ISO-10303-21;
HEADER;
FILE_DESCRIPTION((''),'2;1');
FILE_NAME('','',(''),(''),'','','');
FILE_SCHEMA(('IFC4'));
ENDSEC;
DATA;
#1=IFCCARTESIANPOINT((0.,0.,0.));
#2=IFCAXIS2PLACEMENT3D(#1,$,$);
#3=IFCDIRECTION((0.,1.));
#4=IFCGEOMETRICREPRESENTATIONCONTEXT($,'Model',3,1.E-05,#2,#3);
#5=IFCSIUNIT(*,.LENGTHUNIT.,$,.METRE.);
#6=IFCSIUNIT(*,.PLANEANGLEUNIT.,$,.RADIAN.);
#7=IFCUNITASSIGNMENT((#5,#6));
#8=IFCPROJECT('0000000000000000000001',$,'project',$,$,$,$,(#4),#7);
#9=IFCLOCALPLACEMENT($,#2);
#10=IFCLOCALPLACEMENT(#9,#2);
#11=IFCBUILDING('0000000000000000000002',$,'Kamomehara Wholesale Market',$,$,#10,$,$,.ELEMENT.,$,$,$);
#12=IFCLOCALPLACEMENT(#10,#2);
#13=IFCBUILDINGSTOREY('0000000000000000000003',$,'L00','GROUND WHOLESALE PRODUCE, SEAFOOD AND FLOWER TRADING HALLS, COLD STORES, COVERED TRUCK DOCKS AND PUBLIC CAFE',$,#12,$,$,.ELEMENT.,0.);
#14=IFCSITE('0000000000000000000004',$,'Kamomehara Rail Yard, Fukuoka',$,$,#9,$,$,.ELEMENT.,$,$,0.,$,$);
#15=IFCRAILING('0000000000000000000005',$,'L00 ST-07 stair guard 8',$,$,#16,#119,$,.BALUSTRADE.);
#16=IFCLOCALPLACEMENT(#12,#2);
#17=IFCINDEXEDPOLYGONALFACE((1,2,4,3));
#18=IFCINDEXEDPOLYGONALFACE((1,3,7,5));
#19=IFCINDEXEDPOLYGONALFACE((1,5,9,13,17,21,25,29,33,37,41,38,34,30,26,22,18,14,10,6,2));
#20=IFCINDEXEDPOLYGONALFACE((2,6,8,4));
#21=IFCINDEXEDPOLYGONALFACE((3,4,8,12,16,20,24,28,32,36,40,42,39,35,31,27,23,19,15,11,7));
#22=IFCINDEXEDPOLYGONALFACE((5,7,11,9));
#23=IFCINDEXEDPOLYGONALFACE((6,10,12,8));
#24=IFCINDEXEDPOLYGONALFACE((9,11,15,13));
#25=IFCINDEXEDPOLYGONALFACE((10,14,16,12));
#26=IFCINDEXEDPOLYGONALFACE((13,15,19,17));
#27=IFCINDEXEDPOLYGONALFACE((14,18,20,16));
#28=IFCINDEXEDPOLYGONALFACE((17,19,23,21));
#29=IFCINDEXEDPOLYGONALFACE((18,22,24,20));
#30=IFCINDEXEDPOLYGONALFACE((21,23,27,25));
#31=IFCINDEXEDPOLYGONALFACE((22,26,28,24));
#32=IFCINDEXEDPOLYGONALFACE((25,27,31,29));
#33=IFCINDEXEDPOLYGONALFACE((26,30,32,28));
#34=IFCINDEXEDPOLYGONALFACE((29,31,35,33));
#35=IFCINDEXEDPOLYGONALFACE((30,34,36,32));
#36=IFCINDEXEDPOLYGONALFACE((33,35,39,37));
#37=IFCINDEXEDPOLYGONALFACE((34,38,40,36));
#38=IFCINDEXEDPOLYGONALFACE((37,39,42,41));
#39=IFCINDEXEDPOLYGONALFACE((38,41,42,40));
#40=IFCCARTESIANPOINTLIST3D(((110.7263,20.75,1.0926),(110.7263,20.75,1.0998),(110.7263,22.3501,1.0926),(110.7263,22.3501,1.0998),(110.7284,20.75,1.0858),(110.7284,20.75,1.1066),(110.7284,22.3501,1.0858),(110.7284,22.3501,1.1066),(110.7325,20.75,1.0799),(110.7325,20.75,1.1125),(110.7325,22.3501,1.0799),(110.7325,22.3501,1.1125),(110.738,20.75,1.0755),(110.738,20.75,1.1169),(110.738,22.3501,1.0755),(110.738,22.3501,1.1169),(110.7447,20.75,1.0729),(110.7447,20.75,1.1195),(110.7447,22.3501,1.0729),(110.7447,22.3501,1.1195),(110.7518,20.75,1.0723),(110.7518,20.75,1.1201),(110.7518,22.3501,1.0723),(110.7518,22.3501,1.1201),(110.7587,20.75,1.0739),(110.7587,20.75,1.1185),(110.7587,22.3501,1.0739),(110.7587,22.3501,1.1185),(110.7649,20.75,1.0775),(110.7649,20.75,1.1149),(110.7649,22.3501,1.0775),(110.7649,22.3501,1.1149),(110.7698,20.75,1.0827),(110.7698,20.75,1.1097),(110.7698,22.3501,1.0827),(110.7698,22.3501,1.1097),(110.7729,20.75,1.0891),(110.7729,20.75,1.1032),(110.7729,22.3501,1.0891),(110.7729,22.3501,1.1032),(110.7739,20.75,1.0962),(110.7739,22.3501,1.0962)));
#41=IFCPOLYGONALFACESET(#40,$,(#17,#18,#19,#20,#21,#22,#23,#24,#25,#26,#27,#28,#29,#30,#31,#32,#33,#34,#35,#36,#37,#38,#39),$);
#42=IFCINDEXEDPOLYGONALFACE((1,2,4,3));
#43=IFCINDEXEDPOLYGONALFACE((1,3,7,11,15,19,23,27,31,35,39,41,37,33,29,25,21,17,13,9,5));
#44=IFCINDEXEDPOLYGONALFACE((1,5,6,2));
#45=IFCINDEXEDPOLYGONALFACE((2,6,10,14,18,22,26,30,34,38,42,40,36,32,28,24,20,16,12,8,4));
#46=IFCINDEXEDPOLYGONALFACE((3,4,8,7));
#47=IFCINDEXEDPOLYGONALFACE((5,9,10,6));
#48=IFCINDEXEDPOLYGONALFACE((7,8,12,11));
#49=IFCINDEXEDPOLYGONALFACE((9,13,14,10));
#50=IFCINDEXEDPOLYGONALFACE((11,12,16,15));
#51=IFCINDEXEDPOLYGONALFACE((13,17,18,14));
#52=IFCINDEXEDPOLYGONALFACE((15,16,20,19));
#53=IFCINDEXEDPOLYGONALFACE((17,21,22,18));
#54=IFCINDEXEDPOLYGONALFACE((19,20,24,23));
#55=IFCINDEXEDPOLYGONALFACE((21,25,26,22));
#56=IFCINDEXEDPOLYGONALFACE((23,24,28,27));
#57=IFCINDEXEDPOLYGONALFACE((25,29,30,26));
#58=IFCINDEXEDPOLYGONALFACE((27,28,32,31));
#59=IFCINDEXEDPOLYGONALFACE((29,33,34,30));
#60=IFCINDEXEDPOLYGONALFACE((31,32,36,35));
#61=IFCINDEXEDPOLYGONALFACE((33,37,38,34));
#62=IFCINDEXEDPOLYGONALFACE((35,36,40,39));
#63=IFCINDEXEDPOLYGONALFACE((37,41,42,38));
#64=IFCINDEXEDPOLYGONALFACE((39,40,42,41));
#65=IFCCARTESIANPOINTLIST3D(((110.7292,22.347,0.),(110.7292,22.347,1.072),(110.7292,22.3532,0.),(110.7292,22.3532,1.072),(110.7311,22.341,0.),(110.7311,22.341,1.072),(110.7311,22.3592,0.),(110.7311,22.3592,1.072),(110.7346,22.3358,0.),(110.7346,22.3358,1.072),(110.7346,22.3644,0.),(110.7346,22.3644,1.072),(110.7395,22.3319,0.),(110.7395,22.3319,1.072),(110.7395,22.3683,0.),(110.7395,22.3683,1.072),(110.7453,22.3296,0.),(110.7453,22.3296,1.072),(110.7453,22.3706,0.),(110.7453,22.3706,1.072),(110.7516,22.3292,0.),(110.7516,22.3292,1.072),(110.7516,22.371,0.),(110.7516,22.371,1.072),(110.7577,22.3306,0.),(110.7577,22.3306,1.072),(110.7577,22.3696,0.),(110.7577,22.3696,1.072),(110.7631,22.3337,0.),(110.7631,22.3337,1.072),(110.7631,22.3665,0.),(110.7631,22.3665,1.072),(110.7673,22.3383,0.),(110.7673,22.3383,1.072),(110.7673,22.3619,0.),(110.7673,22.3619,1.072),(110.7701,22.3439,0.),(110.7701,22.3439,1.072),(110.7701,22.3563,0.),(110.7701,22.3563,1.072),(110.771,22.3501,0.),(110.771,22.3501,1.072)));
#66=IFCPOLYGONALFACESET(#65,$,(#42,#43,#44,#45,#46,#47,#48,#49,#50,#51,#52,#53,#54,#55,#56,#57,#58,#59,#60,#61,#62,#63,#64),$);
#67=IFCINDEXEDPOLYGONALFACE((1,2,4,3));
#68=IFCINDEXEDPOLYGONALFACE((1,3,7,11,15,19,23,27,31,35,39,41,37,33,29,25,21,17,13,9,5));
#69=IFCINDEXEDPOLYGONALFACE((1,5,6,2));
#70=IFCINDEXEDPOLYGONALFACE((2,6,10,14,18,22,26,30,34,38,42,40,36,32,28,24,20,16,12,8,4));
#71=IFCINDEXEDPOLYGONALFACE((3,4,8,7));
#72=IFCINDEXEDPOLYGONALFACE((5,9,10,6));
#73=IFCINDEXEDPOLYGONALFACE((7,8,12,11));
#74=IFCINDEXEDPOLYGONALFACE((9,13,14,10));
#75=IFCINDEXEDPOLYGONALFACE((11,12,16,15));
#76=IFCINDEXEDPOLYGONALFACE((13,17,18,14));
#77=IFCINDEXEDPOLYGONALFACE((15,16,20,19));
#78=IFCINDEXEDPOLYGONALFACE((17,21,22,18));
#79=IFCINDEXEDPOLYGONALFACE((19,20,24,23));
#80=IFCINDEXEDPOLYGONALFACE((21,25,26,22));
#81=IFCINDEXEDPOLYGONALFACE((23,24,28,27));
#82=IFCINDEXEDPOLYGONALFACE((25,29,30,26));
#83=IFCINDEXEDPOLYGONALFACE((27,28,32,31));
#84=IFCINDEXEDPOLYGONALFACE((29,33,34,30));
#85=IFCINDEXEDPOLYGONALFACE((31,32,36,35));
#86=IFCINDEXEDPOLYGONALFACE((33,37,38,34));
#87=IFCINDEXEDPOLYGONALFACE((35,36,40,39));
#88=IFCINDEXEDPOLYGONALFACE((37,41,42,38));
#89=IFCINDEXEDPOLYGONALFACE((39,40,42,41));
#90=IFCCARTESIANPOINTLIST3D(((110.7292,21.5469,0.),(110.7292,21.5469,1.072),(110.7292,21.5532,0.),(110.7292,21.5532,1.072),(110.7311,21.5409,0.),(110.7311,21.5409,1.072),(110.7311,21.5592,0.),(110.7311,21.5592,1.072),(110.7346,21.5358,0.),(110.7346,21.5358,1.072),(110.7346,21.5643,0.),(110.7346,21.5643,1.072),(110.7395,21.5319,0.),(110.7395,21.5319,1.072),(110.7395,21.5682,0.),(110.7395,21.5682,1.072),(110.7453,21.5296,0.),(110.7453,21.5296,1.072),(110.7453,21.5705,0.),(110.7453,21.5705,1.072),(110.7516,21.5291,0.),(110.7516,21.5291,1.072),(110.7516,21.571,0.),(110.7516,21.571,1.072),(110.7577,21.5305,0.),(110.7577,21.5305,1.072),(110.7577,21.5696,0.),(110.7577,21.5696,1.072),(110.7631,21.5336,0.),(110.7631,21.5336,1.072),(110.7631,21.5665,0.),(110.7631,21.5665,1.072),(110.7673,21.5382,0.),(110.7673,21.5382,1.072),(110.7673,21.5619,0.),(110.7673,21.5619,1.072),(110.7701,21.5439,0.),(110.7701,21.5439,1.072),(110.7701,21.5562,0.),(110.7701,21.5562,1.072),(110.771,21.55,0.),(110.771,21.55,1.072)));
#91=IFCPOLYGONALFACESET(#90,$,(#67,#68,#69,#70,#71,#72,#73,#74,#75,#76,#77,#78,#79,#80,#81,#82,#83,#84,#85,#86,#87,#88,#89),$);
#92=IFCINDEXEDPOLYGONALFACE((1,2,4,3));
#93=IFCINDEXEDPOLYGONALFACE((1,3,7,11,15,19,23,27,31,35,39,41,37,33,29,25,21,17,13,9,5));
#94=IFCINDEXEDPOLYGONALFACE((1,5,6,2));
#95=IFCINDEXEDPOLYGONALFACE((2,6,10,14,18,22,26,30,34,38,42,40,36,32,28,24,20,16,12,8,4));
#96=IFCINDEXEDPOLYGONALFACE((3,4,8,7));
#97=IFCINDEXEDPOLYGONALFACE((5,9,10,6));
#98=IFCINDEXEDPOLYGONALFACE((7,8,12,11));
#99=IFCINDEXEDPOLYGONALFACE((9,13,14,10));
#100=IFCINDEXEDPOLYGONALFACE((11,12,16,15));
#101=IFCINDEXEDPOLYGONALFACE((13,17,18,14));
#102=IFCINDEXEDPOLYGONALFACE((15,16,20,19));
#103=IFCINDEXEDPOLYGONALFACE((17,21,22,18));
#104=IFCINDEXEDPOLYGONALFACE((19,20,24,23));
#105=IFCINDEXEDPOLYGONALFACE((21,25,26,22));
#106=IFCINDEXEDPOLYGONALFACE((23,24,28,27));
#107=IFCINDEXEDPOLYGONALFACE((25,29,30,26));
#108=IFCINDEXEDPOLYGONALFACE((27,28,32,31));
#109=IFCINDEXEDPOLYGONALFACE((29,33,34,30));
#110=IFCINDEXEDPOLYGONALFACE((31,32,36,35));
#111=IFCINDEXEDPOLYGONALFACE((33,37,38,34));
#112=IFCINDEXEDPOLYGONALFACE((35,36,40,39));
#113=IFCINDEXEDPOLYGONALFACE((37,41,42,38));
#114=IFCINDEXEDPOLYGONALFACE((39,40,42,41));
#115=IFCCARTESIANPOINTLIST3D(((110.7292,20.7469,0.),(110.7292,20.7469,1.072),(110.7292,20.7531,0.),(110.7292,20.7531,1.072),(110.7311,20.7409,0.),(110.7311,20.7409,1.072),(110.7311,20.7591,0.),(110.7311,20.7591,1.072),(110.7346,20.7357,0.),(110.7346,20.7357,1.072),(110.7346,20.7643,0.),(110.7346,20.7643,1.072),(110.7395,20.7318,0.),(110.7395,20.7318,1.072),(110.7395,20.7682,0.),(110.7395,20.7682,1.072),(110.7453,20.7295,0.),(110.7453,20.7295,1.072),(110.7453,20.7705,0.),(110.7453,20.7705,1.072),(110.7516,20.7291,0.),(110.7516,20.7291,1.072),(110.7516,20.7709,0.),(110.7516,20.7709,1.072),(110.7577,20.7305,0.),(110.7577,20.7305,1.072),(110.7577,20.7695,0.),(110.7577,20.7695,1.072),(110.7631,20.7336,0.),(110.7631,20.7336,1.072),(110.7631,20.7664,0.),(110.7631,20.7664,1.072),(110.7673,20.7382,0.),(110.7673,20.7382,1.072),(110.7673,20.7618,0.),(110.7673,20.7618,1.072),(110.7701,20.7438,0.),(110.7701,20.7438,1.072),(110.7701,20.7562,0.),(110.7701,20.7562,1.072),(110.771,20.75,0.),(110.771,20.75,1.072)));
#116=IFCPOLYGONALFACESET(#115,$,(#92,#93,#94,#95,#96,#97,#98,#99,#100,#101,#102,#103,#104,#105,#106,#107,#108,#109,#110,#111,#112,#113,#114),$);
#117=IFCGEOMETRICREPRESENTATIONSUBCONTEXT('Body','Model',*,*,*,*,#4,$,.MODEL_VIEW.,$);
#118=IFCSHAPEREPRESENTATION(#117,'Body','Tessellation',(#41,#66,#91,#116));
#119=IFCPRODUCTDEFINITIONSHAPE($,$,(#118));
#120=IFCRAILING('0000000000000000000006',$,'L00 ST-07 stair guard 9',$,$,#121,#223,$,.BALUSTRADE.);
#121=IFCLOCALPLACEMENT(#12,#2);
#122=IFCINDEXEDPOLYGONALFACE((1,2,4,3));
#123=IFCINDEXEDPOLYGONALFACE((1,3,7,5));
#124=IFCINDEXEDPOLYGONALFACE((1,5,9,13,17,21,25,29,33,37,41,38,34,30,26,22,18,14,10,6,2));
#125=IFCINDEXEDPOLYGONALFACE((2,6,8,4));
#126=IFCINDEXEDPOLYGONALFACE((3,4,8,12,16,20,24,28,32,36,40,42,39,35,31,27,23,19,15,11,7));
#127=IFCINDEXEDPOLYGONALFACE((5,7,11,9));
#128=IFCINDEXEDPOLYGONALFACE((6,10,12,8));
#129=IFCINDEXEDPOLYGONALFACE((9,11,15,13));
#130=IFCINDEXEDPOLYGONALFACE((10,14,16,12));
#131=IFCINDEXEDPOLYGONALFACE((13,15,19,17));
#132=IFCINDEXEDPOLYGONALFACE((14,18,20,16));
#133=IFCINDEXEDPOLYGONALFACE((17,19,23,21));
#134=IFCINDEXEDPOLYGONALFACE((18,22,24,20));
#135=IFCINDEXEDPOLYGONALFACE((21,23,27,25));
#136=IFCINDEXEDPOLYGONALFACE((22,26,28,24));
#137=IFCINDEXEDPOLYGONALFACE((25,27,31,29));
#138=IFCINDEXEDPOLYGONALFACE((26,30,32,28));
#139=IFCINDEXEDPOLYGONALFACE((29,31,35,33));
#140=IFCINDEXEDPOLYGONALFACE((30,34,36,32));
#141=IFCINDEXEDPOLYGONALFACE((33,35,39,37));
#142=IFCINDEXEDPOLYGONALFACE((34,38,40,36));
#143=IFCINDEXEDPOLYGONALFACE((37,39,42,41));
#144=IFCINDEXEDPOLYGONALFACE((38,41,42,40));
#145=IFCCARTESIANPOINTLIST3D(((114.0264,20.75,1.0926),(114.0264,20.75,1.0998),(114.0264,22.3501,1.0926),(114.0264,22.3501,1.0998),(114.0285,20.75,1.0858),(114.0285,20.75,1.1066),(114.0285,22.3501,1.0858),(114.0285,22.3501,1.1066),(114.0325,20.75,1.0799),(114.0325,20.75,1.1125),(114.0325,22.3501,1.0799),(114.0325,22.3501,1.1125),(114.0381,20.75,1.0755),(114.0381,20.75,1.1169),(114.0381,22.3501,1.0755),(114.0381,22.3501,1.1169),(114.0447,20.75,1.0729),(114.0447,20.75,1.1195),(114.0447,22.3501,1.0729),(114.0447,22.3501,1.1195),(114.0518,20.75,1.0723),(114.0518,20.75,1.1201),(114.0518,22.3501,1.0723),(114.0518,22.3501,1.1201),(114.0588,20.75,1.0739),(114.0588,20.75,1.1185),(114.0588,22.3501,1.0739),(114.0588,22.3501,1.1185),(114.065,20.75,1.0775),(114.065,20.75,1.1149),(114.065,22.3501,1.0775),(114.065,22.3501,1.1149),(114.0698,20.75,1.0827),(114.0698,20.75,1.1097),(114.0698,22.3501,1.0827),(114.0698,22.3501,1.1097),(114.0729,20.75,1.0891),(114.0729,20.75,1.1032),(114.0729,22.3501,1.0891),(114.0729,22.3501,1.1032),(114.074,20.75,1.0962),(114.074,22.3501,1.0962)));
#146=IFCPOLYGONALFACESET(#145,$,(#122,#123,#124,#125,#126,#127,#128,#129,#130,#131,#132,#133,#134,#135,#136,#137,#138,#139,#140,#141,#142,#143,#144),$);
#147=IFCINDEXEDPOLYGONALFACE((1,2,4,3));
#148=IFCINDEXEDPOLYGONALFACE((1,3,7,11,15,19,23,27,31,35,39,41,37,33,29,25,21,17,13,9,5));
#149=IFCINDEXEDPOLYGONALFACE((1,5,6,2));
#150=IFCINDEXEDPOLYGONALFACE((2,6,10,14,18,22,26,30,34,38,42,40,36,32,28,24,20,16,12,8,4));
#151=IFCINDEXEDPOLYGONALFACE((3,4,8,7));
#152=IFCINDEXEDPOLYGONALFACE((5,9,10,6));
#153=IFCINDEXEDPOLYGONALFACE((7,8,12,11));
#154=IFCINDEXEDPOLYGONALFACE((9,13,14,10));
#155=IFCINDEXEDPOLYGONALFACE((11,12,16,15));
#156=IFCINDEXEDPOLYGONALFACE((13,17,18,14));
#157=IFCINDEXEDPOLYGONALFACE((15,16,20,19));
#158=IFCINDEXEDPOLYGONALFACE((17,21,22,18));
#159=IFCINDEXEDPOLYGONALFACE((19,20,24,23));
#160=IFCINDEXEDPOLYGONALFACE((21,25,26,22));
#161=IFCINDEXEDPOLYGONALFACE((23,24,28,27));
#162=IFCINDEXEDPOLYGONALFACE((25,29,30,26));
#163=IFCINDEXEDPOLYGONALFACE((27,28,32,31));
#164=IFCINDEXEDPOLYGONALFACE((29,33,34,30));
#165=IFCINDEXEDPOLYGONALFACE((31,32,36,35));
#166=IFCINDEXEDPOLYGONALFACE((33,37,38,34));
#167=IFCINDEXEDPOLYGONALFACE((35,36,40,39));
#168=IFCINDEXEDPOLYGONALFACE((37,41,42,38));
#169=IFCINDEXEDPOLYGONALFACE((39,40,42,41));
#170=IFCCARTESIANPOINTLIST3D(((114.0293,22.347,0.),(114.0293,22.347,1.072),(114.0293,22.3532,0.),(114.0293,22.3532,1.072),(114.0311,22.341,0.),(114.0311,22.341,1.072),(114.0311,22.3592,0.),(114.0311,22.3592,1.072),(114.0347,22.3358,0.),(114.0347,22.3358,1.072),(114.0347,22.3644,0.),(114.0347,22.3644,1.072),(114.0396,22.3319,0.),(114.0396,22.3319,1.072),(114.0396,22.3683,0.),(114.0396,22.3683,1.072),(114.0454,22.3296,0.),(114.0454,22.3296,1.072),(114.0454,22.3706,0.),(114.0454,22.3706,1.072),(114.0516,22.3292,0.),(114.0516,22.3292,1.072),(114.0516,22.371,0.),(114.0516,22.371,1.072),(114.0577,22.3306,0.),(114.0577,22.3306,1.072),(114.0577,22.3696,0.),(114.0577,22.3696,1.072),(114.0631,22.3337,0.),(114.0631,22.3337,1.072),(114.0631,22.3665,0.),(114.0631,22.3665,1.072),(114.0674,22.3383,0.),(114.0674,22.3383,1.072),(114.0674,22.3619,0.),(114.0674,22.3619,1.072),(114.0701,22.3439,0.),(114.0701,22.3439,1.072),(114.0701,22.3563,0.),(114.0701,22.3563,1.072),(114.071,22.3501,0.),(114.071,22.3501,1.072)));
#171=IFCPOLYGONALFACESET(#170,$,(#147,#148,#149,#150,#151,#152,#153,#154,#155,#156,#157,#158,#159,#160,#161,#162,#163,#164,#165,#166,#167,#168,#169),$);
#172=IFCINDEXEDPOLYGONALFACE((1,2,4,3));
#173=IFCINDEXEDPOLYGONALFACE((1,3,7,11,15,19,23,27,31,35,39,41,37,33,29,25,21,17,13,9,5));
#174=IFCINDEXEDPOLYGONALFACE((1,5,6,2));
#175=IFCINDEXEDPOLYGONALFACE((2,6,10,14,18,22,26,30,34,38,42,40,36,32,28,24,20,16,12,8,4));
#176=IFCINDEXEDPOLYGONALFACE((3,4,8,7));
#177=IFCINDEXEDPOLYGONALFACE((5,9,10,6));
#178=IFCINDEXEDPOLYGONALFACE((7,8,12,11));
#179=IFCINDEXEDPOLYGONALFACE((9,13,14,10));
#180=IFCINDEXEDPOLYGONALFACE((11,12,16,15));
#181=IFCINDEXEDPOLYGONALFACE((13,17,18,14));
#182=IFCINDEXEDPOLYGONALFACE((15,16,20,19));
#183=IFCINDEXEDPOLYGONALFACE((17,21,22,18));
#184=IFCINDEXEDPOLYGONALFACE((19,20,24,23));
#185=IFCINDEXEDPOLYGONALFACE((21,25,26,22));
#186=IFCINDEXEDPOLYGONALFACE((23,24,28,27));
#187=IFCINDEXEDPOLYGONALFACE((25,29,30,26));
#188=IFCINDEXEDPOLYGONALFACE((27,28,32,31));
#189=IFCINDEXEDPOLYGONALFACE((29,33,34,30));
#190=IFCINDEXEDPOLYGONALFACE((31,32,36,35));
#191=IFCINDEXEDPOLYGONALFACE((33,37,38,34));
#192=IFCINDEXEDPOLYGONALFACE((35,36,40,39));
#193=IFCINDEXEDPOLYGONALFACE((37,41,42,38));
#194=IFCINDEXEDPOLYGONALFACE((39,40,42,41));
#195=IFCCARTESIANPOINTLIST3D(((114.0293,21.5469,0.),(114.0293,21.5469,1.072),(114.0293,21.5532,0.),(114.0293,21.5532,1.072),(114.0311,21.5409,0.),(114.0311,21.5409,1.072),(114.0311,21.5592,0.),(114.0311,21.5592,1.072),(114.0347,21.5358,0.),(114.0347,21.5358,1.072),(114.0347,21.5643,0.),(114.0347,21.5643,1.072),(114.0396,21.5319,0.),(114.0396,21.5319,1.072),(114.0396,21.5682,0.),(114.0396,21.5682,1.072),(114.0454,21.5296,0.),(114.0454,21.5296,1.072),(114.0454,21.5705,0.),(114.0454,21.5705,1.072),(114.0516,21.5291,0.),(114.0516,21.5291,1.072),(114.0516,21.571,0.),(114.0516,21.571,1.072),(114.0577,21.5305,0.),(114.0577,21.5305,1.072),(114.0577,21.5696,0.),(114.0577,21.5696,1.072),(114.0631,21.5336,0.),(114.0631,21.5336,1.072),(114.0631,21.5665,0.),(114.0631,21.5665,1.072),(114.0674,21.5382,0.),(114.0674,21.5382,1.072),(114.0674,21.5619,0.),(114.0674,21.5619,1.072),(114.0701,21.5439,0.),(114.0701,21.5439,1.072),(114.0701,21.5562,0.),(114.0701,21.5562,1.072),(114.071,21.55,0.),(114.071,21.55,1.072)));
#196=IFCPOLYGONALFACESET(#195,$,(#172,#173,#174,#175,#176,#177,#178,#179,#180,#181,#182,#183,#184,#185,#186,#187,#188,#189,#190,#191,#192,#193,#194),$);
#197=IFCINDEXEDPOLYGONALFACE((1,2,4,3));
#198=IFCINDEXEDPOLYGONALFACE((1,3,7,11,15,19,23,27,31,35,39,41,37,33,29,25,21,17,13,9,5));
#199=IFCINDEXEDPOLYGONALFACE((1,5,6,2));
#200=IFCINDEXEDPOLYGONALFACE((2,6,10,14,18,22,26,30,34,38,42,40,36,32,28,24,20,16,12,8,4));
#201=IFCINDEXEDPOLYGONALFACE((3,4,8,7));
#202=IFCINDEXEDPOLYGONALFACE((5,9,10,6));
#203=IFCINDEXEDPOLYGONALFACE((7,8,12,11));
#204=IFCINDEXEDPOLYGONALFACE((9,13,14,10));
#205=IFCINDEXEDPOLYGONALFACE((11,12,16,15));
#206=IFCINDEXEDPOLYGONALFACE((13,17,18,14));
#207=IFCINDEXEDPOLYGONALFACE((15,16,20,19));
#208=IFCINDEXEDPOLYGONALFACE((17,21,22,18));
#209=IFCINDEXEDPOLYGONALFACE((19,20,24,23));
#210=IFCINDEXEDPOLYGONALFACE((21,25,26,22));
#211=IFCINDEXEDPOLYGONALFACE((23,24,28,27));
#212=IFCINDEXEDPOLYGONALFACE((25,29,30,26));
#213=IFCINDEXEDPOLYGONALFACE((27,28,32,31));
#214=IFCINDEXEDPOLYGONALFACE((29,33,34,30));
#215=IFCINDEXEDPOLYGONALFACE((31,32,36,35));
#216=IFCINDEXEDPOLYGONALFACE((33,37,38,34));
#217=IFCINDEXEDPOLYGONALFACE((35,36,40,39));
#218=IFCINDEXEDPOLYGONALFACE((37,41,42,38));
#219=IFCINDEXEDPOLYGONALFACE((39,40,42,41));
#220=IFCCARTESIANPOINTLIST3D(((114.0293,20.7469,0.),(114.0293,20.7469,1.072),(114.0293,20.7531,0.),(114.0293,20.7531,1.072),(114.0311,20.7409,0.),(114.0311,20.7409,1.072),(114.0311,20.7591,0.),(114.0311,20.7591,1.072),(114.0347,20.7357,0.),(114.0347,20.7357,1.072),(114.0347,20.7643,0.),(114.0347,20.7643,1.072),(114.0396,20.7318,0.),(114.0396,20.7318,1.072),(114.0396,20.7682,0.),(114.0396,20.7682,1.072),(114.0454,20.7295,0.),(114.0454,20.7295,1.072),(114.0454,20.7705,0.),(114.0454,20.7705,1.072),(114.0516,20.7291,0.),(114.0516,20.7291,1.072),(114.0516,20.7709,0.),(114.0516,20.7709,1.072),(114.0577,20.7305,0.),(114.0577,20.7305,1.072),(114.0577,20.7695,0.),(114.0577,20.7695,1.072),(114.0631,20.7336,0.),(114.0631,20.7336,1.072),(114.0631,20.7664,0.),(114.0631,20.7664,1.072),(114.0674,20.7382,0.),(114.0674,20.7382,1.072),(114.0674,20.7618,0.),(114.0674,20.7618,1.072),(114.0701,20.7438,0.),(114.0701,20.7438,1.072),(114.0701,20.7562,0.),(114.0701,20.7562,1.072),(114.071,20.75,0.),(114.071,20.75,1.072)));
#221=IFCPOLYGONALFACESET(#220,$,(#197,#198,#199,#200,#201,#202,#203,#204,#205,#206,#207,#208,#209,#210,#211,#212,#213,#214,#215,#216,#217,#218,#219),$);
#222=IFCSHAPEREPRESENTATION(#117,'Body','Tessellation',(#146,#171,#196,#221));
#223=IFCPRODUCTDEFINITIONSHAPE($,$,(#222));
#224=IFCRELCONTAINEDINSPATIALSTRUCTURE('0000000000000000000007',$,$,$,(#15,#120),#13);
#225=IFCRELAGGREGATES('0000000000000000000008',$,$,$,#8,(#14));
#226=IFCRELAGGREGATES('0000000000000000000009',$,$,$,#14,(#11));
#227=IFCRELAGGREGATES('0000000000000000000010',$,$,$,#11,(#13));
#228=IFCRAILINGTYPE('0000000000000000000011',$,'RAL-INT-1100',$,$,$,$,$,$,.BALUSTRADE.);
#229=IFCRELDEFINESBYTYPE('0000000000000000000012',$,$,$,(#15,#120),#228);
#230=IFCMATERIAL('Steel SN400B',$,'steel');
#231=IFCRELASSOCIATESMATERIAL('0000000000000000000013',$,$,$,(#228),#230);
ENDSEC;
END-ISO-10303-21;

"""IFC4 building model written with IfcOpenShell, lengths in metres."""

from ifc_helpers import new_model, si_unit, direction, frame, origin, origin_2d, place, context, subcontext, project, spatial, circle, extrude, material, type_object, element, save


model = new_model("IFC4")

# Units and contexts
model_context = context("Model", 3, precision=1e-05, world=origin(), true_north=direction((0.0, 1.0)))
body_context = subcontext(model_context, "Body", "Model", "MODEL_VIEW")
ifc_project = project(units=[si_unit("LENGTHUNIT", "METRE"), si_unit("PLANEANGLEUNIT", "RADIAN")], contexts=[model_context])

# Site, building, storey
site_placement = place(None, origin())
site = spatial("IfcSite", under=ifc_project, at=site_placement, Name="Kamomehara Rail Yard, Fukuoka", CompositionType="ELEMENT", RefElevation=0.0)
building_placement = place(site_placement, origin())
building = spatial("IfcBuilding", under=site, at=building_placement, Name="Kamomehara Wholesale Market", CompositionType="ELEMENT")
storey_placement = place(building_placement, origin())
storey = spatial("IfcBuildingStorey", under=building, at=storey_placement, Name="L00", Description="GROUND WHOLESALE PRODUCE, SEAFOOD AND FLOWER TRADING HALLS, COLD STORES, COVERED TRUCK DOCKS AND PUBLIC CAFE", CompositionType="ELEMENT", Elevation=0.0)

# Railings
ifc_material_1 = material(Name="Steel SN400B", Category="steel")
railing_type_1 = type_object("IfcRailingType", Name="RAL-INT-1100", PredefinedType="BALUSTRADE", material=ifc_material_1)
for number, where, name in (
    (1, (110.75, 22.3501, 0.0), "L00 ST-07 stair guard 8"),
    (2, (114.05, 22.3501, 0.0), "L00 ST-07 stair guard 9"),
):
    element("IfcRailing", number, at=place(storey_placement, frame(where)), inside=storey, type_object=railing_type_1, Name=name, PredefinedType="BALUSTRADE", context=body_context, shape_type="SweptSolid", body=[
        extrude(circle(Radius=0.0239, at=origin_2d()), frame((0.0, 0.0, 1.0962), z_axis=(0.0, -1.0, 0.0), x_axis=(1.0, 0.0, 0.0)), (0.0, 0.0, 1.0), 1.6001),
        extrude(circle(Radius=0.021, at=origin_2d()), origin(), (0.0, 0.0, 1.0), 1.072),
        extrude(circle(Radius=0.021, at=origin_2d()), frame((0.0, -0.8, 0.0)), (0.0, 0.0, 1.0), 1.072),
        extrude(circle(Radius=0.021, at=origin_2d()), frame((0.0, -1.6001, 0.0)), (0.0, 0.0, 1.0), 1.072),
    ])

save(model, "model.ifc")
